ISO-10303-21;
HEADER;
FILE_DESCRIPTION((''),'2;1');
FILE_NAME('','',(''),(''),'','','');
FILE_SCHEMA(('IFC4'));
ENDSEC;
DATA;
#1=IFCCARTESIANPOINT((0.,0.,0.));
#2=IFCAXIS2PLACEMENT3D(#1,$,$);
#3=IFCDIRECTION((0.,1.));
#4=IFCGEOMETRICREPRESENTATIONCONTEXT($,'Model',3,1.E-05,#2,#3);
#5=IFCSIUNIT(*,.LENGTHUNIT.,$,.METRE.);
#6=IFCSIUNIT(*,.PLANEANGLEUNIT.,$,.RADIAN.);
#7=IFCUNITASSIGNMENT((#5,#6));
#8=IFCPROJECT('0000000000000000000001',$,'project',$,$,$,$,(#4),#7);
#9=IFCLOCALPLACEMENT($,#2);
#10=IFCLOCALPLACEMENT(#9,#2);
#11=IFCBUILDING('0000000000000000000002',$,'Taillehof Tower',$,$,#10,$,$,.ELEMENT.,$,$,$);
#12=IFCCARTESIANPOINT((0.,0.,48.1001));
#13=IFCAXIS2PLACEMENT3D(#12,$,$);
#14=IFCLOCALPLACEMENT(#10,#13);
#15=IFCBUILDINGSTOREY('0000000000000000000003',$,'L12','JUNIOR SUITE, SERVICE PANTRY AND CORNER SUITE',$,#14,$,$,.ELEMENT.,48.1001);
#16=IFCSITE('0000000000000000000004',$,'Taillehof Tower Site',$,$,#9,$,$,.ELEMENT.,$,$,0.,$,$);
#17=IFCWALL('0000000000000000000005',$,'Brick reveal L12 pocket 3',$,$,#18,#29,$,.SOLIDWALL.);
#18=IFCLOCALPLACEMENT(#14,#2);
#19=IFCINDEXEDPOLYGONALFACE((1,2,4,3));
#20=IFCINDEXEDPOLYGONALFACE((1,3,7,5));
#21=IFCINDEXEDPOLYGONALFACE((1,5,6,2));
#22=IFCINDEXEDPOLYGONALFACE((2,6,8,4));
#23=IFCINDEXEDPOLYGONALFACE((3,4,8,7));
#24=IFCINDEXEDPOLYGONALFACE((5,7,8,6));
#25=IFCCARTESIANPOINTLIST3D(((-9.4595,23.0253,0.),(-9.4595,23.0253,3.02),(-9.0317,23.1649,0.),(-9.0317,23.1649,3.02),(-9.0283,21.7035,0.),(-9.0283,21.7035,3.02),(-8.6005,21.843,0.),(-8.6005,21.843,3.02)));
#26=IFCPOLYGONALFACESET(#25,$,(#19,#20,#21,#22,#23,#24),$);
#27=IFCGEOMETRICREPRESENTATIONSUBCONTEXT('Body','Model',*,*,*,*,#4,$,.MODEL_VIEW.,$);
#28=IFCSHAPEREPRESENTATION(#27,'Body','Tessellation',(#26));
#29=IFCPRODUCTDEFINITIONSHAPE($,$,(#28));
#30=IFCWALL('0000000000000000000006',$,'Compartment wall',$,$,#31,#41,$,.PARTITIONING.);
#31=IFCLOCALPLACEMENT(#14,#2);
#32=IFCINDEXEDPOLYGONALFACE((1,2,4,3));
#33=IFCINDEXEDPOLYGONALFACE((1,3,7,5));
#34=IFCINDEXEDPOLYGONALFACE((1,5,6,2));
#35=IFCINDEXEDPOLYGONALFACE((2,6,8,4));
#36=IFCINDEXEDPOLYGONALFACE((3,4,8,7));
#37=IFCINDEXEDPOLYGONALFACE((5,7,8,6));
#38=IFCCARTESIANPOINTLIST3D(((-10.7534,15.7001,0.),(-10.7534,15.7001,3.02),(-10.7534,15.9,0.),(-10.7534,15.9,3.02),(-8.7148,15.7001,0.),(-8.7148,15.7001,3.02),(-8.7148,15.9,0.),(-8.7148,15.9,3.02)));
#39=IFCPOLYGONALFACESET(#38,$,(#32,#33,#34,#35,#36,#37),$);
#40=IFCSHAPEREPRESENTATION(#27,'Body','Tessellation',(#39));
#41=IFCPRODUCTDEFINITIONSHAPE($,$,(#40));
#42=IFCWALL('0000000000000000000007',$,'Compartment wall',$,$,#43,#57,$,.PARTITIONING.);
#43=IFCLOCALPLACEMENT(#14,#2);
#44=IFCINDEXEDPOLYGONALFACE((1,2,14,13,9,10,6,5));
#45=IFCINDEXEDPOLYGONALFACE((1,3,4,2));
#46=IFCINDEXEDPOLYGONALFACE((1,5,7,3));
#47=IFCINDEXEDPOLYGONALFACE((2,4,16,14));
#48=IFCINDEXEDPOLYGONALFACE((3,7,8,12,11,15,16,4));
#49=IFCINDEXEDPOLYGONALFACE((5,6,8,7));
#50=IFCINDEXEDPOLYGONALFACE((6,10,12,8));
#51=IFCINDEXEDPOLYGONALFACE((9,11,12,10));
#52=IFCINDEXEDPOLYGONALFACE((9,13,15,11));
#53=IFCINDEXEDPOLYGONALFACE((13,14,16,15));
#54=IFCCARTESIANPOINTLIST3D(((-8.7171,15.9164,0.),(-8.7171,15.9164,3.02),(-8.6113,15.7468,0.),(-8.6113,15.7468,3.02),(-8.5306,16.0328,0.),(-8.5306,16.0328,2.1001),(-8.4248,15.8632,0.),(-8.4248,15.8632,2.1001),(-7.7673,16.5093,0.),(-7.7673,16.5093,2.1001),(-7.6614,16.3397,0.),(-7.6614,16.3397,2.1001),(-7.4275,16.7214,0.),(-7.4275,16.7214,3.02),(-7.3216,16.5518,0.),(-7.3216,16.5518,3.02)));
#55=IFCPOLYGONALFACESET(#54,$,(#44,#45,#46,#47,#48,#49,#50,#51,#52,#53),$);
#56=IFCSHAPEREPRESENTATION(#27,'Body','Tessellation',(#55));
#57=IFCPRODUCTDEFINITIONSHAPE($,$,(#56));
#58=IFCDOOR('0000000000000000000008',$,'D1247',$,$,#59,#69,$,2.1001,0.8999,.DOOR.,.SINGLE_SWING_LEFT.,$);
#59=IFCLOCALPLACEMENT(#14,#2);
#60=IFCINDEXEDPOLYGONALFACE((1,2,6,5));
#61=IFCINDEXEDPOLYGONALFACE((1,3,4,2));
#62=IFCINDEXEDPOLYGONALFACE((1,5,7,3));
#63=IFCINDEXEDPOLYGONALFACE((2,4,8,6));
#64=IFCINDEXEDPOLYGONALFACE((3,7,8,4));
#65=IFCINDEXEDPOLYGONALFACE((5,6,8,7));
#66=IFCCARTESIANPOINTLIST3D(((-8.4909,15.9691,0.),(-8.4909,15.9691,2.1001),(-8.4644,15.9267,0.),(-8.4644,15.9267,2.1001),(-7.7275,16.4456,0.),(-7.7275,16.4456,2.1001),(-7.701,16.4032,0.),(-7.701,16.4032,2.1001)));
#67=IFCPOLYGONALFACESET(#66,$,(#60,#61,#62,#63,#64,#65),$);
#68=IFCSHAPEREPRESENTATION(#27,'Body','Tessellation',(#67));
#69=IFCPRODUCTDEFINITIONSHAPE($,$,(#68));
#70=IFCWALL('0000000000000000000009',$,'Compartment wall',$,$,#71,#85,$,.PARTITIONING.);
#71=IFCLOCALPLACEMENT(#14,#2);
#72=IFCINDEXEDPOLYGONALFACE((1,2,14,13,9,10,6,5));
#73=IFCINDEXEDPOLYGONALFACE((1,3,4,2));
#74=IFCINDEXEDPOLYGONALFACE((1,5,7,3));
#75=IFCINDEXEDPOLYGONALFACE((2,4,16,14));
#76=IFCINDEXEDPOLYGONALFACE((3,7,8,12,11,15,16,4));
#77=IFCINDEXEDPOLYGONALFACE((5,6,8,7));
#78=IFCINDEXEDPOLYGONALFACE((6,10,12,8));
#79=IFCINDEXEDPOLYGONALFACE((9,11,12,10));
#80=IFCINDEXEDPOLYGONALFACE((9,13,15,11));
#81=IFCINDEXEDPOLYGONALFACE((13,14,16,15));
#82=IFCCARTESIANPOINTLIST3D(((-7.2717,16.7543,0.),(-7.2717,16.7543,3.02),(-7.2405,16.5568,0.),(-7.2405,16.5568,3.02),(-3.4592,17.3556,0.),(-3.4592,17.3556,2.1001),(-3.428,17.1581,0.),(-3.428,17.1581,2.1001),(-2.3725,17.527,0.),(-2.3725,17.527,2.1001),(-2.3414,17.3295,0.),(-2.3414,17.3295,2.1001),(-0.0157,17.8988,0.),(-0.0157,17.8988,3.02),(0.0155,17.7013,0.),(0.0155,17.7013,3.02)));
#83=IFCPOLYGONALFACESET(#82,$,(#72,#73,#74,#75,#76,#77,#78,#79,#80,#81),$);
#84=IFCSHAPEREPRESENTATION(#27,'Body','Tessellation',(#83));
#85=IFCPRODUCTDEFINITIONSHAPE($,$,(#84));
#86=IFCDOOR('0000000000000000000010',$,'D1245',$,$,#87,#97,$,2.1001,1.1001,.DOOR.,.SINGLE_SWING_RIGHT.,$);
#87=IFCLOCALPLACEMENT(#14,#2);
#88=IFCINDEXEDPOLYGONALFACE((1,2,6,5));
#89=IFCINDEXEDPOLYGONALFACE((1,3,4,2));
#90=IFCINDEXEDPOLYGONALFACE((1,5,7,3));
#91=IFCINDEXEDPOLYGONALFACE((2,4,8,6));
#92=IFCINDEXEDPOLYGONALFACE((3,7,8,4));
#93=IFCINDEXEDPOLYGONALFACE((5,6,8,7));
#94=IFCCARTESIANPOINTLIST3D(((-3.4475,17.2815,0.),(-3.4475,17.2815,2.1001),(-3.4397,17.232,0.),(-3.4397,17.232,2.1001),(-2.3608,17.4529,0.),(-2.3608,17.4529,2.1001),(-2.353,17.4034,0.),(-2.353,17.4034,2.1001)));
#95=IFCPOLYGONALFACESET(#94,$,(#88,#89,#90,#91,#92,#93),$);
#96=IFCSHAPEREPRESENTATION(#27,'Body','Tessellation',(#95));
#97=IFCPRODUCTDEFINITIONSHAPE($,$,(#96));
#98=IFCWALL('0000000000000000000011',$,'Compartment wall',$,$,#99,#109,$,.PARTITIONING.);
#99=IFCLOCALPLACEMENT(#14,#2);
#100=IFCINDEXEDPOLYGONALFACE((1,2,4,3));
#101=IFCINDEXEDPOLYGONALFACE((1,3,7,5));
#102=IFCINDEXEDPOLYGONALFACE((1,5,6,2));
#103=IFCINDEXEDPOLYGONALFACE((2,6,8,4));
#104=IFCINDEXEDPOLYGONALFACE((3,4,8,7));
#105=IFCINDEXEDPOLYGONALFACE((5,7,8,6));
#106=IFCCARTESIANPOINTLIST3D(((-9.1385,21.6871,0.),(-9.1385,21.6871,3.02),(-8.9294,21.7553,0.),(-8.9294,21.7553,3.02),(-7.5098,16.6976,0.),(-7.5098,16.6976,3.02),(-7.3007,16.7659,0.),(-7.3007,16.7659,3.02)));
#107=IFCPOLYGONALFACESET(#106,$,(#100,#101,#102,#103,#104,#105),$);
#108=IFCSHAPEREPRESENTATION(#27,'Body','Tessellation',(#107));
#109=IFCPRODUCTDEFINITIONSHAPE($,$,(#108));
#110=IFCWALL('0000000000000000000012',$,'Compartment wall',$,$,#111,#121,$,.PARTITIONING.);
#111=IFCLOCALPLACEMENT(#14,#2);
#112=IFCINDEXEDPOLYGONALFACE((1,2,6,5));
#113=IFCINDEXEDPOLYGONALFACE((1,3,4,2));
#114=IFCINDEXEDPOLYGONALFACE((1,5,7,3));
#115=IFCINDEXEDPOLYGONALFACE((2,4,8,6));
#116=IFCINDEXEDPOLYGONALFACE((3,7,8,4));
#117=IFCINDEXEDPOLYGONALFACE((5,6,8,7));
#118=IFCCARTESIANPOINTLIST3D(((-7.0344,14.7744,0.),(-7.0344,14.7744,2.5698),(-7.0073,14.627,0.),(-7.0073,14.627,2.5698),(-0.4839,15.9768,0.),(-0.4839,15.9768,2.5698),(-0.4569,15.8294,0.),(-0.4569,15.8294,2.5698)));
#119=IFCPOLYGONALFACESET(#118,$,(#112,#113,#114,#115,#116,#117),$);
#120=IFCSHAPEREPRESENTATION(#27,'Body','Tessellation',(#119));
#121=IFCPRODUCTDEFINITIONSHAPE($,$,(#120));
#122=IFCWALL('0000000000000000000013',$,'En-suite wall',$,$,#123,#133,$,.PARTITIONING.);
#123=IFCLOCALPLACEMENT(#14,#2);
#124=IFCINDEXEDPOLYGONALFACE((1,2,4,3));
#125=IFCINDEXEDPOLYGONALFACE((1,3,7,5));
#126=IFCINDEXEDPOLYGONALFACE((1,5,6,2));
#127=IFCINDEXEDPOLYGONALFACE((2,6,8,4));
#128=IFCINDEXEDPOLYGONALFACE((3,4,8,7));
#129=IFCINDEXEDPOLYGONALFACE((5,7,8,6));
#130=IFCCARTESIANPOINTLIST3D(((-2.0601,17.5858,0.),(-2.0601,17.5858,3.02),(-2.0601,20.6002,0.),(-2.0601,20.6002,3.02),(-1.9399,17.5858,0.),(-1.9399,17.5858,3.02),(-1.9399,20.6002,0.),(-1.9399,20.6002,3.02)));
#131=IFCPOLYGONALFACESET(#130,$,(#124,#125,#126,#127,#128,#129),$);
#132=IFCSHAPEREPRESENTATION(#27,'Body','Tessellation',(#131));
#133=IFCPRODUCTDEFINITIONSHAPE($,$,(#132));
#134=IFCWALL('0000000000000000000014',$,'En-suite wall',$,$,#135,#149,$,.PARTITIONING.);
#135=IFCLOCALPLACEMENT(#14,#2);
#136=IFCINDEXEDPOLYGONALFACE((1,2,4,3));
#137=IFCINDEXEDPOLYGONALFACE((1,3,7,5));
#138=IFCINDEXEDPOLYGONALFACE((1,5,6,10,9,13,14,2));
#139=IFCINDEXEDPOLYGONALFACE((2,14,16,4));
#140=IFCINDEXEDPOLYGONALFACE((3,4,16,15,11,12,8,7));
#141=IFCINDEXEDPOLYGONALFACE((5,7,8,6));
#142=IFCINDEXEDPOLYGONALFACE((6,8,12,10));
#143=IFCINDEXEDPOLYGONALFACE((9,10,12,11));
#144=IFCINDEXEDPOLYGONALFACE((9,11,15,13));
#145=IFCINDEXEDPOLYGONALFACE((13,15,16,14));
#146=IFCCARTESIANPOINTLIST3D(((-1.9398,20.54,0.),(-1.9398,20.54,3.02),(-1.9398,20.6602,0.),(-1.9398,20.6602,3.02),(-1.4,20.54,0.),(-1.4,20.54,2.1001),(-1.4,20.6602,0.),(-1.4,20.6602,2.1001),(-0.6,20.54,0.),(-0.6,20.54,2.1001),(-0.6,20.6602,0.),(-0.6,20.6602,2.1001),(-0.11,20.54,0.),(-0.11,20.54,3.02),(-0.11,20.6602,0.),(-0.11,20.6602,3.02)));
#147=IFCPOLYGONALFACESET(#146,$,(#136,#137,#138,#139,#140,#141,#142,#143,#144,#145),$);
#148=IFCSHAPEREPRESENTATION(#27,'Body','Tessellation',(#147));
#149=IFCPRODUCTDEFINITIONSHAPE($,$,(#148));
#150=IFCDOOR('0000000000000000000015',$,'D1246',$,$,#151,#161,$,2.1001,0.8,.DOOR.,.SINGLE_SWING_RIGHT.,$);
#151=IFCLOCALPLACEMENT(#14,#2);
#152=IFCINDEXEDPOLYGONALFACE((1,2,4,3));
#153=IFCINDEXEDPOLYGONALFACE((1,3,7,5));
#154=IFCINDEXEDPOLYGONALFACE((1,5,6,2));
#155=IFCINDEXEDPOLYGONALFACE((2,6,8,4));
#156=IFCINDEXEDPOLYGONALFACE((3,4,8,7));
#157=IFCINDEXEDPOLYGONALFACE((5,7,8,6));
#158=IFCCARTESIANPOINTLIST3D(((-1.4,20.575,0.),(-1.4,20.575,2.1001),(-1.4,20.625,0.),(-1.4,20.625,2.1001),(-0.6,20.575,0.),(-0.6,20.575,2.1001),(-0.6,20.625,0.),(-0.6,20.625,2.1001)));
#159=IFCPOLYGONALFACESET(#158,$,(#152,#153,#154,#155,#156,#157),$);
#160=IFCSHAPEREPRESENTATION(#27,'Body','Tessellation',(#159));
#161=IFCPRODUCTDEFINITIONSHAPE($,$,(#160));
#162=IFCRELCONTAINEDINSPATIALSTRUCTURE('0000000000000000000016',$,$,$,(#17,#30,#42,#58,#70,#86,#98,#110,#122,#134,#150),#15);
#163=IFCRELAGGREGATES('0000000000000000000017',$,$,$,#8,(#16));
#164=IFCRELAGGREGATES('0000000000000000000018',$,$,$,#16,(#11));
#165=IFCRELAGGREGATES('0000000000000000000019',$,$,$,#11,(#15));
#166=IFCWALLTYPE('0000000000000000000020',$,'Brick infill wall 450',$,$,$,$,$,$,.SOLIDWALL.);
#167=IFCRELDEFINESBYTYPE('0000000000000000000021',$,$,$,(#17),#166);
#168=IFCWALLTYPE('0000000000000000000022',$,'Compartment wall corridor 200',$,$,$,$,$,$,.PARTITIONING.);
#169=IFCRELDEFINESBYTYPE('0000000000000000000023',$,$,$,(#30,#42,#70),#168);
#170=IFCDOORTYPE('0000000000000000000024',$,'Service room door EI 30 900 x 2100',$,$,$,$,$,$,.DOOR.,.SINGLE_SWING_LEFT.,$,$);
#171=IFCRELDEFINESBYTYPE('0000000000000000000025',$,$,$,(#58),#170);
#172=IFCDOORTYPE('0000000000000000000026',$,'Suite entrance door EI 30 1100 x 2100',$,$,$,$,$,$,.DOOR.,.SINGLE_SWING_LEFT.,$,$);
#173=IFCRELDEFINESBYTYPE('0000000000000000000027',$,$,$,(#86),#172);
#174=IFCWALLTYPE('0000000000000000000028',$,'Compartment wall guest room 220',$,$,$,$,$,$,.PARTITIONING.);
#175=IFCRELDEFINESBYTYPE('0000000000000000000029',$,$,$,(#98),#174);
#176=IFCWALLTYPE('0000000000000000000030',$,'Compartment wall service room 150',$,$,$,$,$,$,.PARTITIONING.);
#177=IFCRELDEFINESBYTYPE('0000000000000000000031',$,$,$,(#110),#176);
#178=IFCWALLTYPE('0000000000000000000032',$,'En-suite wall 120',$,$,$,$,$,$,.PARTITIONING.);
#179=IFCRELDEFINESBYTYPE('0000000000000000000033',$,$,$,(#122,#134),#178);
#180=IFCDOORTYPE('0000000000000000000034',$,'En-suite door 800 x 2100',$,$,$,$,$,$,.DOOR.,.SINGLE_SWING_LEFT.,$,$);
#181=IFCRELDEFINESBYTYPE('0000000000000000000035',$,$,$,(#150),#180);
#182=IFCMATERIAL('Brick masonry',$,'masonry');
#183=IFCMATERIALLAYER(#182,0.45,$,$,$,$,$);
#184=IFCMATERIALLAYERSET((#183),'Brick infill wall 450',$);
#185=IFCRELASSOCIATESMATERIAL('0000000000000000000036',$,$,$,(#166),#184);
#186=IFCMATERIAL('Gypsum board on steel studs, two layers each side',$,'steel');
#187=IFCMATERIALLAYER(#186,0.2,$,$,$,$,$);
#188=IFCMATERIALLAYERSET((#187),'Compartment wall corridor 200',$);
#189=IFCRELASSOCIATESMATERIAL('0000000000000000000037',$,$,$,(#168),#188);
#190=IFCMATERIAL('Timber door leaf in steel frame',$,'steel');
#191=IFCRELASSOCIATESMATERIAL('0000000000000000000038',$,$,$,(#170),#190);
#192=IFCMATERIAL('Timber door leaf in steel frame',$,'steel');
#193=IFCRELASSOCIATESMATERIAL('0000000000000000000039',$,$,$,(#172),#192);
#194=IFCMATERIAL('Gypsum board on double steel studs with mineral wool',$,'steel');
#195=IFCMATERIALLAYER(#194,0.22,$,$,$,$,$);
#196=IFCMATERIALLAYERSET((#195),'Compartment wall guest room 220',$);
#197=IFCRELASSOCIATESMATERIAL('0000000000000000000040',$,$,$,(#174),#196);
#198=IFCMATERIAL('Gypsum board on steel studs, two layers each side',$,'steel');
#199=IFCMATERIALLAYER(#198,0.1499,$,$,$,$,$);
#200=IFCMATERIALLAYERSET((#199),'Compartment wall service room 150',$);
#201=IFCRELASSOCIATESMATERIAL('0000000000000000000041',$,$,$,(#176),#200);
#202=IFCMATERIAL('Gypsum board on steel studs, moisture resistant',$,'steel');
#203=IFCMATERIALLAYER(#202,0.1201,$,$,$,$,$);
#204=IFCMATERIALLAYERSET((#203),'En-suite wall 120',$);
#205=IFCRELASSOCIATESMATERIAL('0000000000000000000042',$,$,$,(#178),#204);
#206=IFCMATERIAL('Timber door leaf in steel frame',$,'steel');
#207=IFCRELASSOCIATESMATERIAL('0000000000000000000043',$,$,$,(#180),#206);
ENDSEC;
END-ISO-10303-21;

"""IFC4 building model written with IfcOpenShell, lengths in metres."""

from ifc_helpers import new_model, si_unit, direction, frame, frame_2d, origin, place, context, subcontext, project, spatial, rectangle, extrude, material, layer, layer_set, type_object, element, fill, save


model = new_model("IFC4")

# Units and contexts
model_context = context("Model", 3, precision=1e-05, world=origin(), true_north=direction((0.0, 1.0)))
body_context = subcontext(model_context, "Body", "Model", "MODEL_VIEW")
ifc_project = project(units=[si_unit("LENGTHUNIT", "METRE"), si_unit("PLANEANGLEUNIT", "RADIAN")], contexts=[model_context])

# Site, building, storey
site_placement = place(None, origin())
site = spatial("IfcSite", under=ifc_project, at=site_placement, Name="Taillehof Tower Site", CompositionType="ELEMENT", RefElevation=0.0)
building_placement = place(site_placement, origin())
building = spatial("IfcBuilding", under=site, at=building_placement, Name="Taillehof Tower", CompositionType="ELEMENT")
storey_placement = place(building_placement, frame((0.0, 0.0, 48.1001)))
storey = spatial("IfcBuildingStorey", under=building, at=storey_placement, Name="L12", Description="JUNIOR SUITE, SERVICE PANTRY AND CORNER SUITE", CompositionType="ELEMENT", Elevation=48.1001)

# Shared definitions
ifc_material_1 = material(Name="Brick masonry", Category="masonry")
ifc_layer_1 = layer(ifc_material_1, 0.45)
ifc_layer_set_1 = layer_set([ifc_layer_1], Name="Brick infill wall 450")
wall_type_1 = type_object("IfcWallType", Name="Brick infill wall 450", PredefinedType="SOLIDWALL", material=ifc_layer_set_1)

# Wall
wall_1_placement = place(storey_placement, frame((-9.2456, 23.0952, 0.0), z_axis=(0.0, 0.0, 1.0), x_axis=(0.31011, -0.950701, 0.0)))
element("IfcWall", 1, at=wall_1_placement, inside=storey, type_object=wall_type_1, Name="Brick reveal L12 pocket 3", PredefinedType="SOLIDWALL", context=body_context, shape_type="SweptSolid", body=[
    extrude(rectangle(XDim=1.3904, YDim=0.45, at=frame_2d((0.6953, 0.0))), origin(), (0.0, 0.0, 1.0), 3.02),
])

# Wall
ifc_material_2 = material(Name="Gypsum board on steel studs, two layers each side", Category="steel")
ifc_layer_2 = layer(ifc_material_2, 0.2)
ifc_layer_set_2 = layer_set([ifc_layer_2], Name="Compartment wall corridor 200")
wall_type_2 = type_object("IfcWallType", Name="Compartment wall corridor 200", PredefinedType="PARTITIONING", material=ifc_layer_set_2)
wall_2_placement = place(storey_placement, frame((-10.7534, 15.8, 0.0), z_axis=(0.0, 0.0, 1.0), x_axis=(1.0, 0.0, 0.0)))
element("IfcWall", 2, at=wall_2_placement, inside=storey, type_object=wall_type_2, Name="Compartment wall", PredefinedType="PARTITIONING", context=body_context, shape_type="SweptSolid", body=[
    extrude(rectangle(XDim=2.0386, YDim=0.2, at=frame_2d((1.0193, 0.0))), origin(), (0.0, 0.0, 1.0), 3.02),
])

# Walls, openings, doors
wall_3_placement = place(storey_placement, frame((-8.6643, 15.8315, 0.0), z_axis=(0.0, 0.0, 1.0), x_axis=(0.848305, 0.529508, 0.0)))
wall_3 = element("IfcWall", 3, at=wall_3_placement, inside=storey, type_object=wall_type_2, Name="Compartment wall", PredefinedType="PARTITIONING", context=body_context, shape_type="SweptSolid", body=[
    extrude(rectangle(XDim=1.5203, YDim=0.2, at=frame_2d((0.7603, 0.0))), origin(), (0.0, 0.0, 1.0), 3.02),
])
opening_1_placement = place(wall_3_placement, frame((0.22, 0.0, 0.0)))
opening_1 = element("IfcOpeningElement", 4, at=opening_1_placement, cuts=wall_3, PredefinedType="OPENING", context=body_context, shape_type="SweptSolid", body=[
    extrude(rectangle(XDim=0.8999, YDim=2.1001, at=frame_2d((0.45, 1.05))), frame((0.0, 0.1099, 0.0), z_axis=(0.0, -1.0, 0.0), x_axis=(1.0, 0.0, 0.0)), (0.0, 0.0, 1.0), 0.22),
])
ifc_material_3 = material(Name="Timber door leaf in steel frame", Category="steel")
door_type_1 = type_object("IfcDoorType", Name="Service room door EI 30 900 x 2100", OperationType="SINGLE_SWING_LEFT", PredefinedType="DOOR", material=ifc_material_3)
door_1_placement = place(opening_1_placement, origin())
door_1 = element("IfcDoor", 5, at=door_1_placement, inside=storey, type_object=door_type_1, Name="D1247", OperationType="SINGLE_SWING_LEFT", OverallHeight=2.1001, OverallWidth=0.8999, PredefinedType="DOOR", context=body_context, shape_type="SweptSolid", body=[
    extrude(rectangle(XDim=0.8999, YDim=2.1001, at=frame_2d((0.45, 1.05))), frame((0.0, 0.0249, 0.0), z_axis=(0.0, -1.0, 0.0), x_axis=(1.0, 0.0, 0.0)), (0.0, 0.0, 1.0), 0.05),
])
fill(opening_1, door_1)
wall_4_placement = place(storey_placement, frame((-7.2561, 16.6555, 0.0), z_axis=(0.0, 0.0, 1.0), x_axis=(0.987787, 0.155807, 0.0)))
wall_4 = element("IfcWall", 6, at=wall_4_placement, inside=storey, type_object=wall_type_2, Name="Compartment wall", PredefinedType="PARTITIONING", context=body_context, shape_type="SweptSolid", body=[
    extrude(rectangle(XDim=7.3457, YDim=0.2, at=frame_2d((3.6729, 0.0))), origin(), (0.0, 0.0, 1.0), 3.02),
])
opening_2_placement = place(wall_4_placement, frame((3.8596, 0.0, 0.0)))
opening_2 = element("IfcOpeningElement", 7, at=opening_2_placement, cuts=wall_4, PredefinedType="OPENING", context=body_context, shape_type="SweptSolid", body=[
    extrude(rectangle(XDim=1.1001, YDim=2.1001, at=frame_2d((0.55, 1.05))), frame((0.0, 0.1099, 0.0), z_axis=(0.0, -1.0, 0.0), x_axis=(1.0, 0.0, 0.0)), (0.0, 0.0, 1.0), 0.22),
])
ifc_material_4 = material(Name="Timber door leaf in steel frame", Category="steel")
door_type_2 = type_object("IfcDoorType", Name="Suite entrance door EI 30 1100 x 2100", OperationType="SINGLE_SWING_LEFT", PredefinedType="DOOR", material=ifc_material_4)
door_2_placement = place(opening_2_placement, origin())
door_2 = element("IfcDoor", 8, at=door_2_placement, inside=storey, type_object=door_type_2, Name="D1245", OperationType="SINGLE_SWING_RIGHT", OverallHeight=2.1001, OverallWidth=1.1001, PredefinedType="DOOR", context=body_context, shape_type="SweptSolid", body=[
    extrude(rectangle(XDim=1.1001, YDim=2.1001, at=frame_2d((0.55, 1.05))), frame((0.0, 0.0249, 0.0), z_axis=(0.0, -1.0, 0.0), x_axis=(1.0, 0.0, 0.0)), (0.0, 0.0, 1.0), 0.05),
])
fill(opening_2, door_2)

# Walls
ifc_material_5 = material(Name="Gypsum board on double steel studs with mineral wool", Category="steel")
ifc_layer_3 = layer(ifc_material_5, 0.22)
ifc_layer_set_3 = layer_set([ifc_layer_3], Name="Compartment wall guest room 220")
wall_type_3 = type_object("IfcWallType", Name="Compartment wall guest room 220", PredefinedType="PARTITIONING", material=ifc_layer_set_3)
wall_5_placement = place(storey_placement, frame((-9.0339, 21.7212, 0.0), z_axis=(0.0, 0.0, 1.0), x_axis=(0.310305, -0.950637, 0.0)))
element("IfcWall", 9, at=wall_5_placement, inside=storey, type_object=wall_type_3, Name="Compartment wall", PredefinedType="PARTITIONING", context=body_context, shape_type="SweptSolid", body=[
    extrude(rectangle(XDim=5.2485, YDim=0.22, at=frame_2d((2.6243, 0.0))), origin(), (0.0, 0.0, 1.0), 3.02),
])
ifc_material_6 = material(Name="Gypsum board on steel studs, two layers each side", Category="steel")
ifc_layer_4 = layer(ifc_material_6, 0.1499)
ifc_layer_set_4 = layer_set([ifc_layer_4], Name="Compartment wall service room 150")
wall_type_4 = type_object("IfcWallType", Name="Compartment wall service room 150", PredefinedType="PARTITIONING", material=ifc_layer_set_4)
wall_6_placement = place(storey_placement, frame((-7.021, 14.7007, 0.0), z_axis=(0.0, 0.0, 1.0), x_axis=(0.983568, 0.18054, 0.0)))
element("IfcWall", 10, at=wall_6_placement, inside=storey, type_object=wall_type_4, Name="Compartment wall", PredefinedType="PARTITIONING", context=body_context, shape_type="SweptSolid", body=[
    extrude(rectangle(XDim=6.6599, YDim=0.1499, at=frame_2d((3.3301, 0.0))), origin(), (0.0, 0.0, 1.0), 2.5698),
])
ifc_material_7 = material(Name="Gypsum board on steel studs, moisture resistant", Category="steel")
ifc_layer_5 = layer(ifc_material_7, 0.1201)
ifc_layer_set_5 = layer_set([ifc_layer_5], Name="En-suite wall 120")
wall_type_5 = type_object("IfcWallType", Name="En-suite wall 120", PredefinedType="PARTITIONING", material=ifc_layer_set_5)
wall_7_placement = place(storey_placement, frame((-2.0, 17.5857, 0.0), z_axis=(0.0, 0.0, 1.0), x_axis=(0.0, 1.0, 0.0)))
element("IfcWall", 11, at=wall_7_placement, inside=storey, type_object=wall_type_5, Name="En-suite wall", PredefinedType="PARTITIONING", context=body_context, shape_type="SweptSolid", body=[
    extrude(rectangle(XDim=3.0144, YDim=0.1201, at=frame_2d((1.5073, 0.0))), origin(), (0.0, 0.0, 1.0), 3.02),
])

# Wall, opening, door
wall_8_placement = place(storey_placement, frame((-1.9399, 20.6001, 0.0), z_axis=(0.0, 0.0, 1.0), x_axis=(1.0, 0.0, 0.0)))
wall_8 = element("IfcWall", 12, at=wall_8_placement, inside=storey, type_object=wall_type_5, Name="En-suite wall", PredefinedType="PARTITIONING", context=body_context, shape_type="SweptSolid", body=[
    extrude(rectangle(XDim=1.8298, YDim=0.1201, at=frame_2d((0.915, 0.0))), origin(), (0.0, 0.0, 1.0), 3.02),
])
opening_3_placement = place(wall_8_placement, frame((0.54, 0.0, 0.0)))
opening_3 = element("IfcOpeningElement", 13, at=opening_3_placement, cuts=wall_8, PredefinedType="OPENING", context=body_context, shape_type="SweptSolid", body=[
    extrude(rectangle(XDim=0.8, YDim=2.1001, at=frame_2d((0.3999, 1.05))), frame((0.0, 0.0701, 0.0), z_axis=(0.0, -1.0, 0.0), x_axis=(1.0, 0.0, 0.0)), (0.0, 0.0, 1.0), 0.1401),
])
ifc_material_8 = material(Name="Timber door leaf in steel frame", Category="steel")
door_type_3 = type_object("IfcDoorType", Name="En-suite door 800 x 2100", OperationType="SINGLE_SWING_LEFT", PredefinedType="DOOR", material=ifc_material_8)
door_3_placement = place(opening_3_placement, origin())
door_3 = element("IfcDoor", 14, at=door_3_placement, inside=storey, type_object=door_type_3, Name="D1246", OperationType="SINGLE_SWING_RIGHT", OverallHeight=2.1001, OverallWidth=0.8, PredefinedType="DOOR", context=body_context, shape_type="SweptSolid", body=[
    extrude(rectangle(XDim=0.8, YDim=2.1001, at=frame_2d((0.3999, 1.05))), frame((0.0, 0.0249, 0.0), z_axis=(0.0, -1.0, 0.0), x_axis=(1.0, 0.0, 0.0)), (0.0, 0.0, 1.0), 0.05),
])
fill(opening_3, door_3)

save(model, "model.ifc")
